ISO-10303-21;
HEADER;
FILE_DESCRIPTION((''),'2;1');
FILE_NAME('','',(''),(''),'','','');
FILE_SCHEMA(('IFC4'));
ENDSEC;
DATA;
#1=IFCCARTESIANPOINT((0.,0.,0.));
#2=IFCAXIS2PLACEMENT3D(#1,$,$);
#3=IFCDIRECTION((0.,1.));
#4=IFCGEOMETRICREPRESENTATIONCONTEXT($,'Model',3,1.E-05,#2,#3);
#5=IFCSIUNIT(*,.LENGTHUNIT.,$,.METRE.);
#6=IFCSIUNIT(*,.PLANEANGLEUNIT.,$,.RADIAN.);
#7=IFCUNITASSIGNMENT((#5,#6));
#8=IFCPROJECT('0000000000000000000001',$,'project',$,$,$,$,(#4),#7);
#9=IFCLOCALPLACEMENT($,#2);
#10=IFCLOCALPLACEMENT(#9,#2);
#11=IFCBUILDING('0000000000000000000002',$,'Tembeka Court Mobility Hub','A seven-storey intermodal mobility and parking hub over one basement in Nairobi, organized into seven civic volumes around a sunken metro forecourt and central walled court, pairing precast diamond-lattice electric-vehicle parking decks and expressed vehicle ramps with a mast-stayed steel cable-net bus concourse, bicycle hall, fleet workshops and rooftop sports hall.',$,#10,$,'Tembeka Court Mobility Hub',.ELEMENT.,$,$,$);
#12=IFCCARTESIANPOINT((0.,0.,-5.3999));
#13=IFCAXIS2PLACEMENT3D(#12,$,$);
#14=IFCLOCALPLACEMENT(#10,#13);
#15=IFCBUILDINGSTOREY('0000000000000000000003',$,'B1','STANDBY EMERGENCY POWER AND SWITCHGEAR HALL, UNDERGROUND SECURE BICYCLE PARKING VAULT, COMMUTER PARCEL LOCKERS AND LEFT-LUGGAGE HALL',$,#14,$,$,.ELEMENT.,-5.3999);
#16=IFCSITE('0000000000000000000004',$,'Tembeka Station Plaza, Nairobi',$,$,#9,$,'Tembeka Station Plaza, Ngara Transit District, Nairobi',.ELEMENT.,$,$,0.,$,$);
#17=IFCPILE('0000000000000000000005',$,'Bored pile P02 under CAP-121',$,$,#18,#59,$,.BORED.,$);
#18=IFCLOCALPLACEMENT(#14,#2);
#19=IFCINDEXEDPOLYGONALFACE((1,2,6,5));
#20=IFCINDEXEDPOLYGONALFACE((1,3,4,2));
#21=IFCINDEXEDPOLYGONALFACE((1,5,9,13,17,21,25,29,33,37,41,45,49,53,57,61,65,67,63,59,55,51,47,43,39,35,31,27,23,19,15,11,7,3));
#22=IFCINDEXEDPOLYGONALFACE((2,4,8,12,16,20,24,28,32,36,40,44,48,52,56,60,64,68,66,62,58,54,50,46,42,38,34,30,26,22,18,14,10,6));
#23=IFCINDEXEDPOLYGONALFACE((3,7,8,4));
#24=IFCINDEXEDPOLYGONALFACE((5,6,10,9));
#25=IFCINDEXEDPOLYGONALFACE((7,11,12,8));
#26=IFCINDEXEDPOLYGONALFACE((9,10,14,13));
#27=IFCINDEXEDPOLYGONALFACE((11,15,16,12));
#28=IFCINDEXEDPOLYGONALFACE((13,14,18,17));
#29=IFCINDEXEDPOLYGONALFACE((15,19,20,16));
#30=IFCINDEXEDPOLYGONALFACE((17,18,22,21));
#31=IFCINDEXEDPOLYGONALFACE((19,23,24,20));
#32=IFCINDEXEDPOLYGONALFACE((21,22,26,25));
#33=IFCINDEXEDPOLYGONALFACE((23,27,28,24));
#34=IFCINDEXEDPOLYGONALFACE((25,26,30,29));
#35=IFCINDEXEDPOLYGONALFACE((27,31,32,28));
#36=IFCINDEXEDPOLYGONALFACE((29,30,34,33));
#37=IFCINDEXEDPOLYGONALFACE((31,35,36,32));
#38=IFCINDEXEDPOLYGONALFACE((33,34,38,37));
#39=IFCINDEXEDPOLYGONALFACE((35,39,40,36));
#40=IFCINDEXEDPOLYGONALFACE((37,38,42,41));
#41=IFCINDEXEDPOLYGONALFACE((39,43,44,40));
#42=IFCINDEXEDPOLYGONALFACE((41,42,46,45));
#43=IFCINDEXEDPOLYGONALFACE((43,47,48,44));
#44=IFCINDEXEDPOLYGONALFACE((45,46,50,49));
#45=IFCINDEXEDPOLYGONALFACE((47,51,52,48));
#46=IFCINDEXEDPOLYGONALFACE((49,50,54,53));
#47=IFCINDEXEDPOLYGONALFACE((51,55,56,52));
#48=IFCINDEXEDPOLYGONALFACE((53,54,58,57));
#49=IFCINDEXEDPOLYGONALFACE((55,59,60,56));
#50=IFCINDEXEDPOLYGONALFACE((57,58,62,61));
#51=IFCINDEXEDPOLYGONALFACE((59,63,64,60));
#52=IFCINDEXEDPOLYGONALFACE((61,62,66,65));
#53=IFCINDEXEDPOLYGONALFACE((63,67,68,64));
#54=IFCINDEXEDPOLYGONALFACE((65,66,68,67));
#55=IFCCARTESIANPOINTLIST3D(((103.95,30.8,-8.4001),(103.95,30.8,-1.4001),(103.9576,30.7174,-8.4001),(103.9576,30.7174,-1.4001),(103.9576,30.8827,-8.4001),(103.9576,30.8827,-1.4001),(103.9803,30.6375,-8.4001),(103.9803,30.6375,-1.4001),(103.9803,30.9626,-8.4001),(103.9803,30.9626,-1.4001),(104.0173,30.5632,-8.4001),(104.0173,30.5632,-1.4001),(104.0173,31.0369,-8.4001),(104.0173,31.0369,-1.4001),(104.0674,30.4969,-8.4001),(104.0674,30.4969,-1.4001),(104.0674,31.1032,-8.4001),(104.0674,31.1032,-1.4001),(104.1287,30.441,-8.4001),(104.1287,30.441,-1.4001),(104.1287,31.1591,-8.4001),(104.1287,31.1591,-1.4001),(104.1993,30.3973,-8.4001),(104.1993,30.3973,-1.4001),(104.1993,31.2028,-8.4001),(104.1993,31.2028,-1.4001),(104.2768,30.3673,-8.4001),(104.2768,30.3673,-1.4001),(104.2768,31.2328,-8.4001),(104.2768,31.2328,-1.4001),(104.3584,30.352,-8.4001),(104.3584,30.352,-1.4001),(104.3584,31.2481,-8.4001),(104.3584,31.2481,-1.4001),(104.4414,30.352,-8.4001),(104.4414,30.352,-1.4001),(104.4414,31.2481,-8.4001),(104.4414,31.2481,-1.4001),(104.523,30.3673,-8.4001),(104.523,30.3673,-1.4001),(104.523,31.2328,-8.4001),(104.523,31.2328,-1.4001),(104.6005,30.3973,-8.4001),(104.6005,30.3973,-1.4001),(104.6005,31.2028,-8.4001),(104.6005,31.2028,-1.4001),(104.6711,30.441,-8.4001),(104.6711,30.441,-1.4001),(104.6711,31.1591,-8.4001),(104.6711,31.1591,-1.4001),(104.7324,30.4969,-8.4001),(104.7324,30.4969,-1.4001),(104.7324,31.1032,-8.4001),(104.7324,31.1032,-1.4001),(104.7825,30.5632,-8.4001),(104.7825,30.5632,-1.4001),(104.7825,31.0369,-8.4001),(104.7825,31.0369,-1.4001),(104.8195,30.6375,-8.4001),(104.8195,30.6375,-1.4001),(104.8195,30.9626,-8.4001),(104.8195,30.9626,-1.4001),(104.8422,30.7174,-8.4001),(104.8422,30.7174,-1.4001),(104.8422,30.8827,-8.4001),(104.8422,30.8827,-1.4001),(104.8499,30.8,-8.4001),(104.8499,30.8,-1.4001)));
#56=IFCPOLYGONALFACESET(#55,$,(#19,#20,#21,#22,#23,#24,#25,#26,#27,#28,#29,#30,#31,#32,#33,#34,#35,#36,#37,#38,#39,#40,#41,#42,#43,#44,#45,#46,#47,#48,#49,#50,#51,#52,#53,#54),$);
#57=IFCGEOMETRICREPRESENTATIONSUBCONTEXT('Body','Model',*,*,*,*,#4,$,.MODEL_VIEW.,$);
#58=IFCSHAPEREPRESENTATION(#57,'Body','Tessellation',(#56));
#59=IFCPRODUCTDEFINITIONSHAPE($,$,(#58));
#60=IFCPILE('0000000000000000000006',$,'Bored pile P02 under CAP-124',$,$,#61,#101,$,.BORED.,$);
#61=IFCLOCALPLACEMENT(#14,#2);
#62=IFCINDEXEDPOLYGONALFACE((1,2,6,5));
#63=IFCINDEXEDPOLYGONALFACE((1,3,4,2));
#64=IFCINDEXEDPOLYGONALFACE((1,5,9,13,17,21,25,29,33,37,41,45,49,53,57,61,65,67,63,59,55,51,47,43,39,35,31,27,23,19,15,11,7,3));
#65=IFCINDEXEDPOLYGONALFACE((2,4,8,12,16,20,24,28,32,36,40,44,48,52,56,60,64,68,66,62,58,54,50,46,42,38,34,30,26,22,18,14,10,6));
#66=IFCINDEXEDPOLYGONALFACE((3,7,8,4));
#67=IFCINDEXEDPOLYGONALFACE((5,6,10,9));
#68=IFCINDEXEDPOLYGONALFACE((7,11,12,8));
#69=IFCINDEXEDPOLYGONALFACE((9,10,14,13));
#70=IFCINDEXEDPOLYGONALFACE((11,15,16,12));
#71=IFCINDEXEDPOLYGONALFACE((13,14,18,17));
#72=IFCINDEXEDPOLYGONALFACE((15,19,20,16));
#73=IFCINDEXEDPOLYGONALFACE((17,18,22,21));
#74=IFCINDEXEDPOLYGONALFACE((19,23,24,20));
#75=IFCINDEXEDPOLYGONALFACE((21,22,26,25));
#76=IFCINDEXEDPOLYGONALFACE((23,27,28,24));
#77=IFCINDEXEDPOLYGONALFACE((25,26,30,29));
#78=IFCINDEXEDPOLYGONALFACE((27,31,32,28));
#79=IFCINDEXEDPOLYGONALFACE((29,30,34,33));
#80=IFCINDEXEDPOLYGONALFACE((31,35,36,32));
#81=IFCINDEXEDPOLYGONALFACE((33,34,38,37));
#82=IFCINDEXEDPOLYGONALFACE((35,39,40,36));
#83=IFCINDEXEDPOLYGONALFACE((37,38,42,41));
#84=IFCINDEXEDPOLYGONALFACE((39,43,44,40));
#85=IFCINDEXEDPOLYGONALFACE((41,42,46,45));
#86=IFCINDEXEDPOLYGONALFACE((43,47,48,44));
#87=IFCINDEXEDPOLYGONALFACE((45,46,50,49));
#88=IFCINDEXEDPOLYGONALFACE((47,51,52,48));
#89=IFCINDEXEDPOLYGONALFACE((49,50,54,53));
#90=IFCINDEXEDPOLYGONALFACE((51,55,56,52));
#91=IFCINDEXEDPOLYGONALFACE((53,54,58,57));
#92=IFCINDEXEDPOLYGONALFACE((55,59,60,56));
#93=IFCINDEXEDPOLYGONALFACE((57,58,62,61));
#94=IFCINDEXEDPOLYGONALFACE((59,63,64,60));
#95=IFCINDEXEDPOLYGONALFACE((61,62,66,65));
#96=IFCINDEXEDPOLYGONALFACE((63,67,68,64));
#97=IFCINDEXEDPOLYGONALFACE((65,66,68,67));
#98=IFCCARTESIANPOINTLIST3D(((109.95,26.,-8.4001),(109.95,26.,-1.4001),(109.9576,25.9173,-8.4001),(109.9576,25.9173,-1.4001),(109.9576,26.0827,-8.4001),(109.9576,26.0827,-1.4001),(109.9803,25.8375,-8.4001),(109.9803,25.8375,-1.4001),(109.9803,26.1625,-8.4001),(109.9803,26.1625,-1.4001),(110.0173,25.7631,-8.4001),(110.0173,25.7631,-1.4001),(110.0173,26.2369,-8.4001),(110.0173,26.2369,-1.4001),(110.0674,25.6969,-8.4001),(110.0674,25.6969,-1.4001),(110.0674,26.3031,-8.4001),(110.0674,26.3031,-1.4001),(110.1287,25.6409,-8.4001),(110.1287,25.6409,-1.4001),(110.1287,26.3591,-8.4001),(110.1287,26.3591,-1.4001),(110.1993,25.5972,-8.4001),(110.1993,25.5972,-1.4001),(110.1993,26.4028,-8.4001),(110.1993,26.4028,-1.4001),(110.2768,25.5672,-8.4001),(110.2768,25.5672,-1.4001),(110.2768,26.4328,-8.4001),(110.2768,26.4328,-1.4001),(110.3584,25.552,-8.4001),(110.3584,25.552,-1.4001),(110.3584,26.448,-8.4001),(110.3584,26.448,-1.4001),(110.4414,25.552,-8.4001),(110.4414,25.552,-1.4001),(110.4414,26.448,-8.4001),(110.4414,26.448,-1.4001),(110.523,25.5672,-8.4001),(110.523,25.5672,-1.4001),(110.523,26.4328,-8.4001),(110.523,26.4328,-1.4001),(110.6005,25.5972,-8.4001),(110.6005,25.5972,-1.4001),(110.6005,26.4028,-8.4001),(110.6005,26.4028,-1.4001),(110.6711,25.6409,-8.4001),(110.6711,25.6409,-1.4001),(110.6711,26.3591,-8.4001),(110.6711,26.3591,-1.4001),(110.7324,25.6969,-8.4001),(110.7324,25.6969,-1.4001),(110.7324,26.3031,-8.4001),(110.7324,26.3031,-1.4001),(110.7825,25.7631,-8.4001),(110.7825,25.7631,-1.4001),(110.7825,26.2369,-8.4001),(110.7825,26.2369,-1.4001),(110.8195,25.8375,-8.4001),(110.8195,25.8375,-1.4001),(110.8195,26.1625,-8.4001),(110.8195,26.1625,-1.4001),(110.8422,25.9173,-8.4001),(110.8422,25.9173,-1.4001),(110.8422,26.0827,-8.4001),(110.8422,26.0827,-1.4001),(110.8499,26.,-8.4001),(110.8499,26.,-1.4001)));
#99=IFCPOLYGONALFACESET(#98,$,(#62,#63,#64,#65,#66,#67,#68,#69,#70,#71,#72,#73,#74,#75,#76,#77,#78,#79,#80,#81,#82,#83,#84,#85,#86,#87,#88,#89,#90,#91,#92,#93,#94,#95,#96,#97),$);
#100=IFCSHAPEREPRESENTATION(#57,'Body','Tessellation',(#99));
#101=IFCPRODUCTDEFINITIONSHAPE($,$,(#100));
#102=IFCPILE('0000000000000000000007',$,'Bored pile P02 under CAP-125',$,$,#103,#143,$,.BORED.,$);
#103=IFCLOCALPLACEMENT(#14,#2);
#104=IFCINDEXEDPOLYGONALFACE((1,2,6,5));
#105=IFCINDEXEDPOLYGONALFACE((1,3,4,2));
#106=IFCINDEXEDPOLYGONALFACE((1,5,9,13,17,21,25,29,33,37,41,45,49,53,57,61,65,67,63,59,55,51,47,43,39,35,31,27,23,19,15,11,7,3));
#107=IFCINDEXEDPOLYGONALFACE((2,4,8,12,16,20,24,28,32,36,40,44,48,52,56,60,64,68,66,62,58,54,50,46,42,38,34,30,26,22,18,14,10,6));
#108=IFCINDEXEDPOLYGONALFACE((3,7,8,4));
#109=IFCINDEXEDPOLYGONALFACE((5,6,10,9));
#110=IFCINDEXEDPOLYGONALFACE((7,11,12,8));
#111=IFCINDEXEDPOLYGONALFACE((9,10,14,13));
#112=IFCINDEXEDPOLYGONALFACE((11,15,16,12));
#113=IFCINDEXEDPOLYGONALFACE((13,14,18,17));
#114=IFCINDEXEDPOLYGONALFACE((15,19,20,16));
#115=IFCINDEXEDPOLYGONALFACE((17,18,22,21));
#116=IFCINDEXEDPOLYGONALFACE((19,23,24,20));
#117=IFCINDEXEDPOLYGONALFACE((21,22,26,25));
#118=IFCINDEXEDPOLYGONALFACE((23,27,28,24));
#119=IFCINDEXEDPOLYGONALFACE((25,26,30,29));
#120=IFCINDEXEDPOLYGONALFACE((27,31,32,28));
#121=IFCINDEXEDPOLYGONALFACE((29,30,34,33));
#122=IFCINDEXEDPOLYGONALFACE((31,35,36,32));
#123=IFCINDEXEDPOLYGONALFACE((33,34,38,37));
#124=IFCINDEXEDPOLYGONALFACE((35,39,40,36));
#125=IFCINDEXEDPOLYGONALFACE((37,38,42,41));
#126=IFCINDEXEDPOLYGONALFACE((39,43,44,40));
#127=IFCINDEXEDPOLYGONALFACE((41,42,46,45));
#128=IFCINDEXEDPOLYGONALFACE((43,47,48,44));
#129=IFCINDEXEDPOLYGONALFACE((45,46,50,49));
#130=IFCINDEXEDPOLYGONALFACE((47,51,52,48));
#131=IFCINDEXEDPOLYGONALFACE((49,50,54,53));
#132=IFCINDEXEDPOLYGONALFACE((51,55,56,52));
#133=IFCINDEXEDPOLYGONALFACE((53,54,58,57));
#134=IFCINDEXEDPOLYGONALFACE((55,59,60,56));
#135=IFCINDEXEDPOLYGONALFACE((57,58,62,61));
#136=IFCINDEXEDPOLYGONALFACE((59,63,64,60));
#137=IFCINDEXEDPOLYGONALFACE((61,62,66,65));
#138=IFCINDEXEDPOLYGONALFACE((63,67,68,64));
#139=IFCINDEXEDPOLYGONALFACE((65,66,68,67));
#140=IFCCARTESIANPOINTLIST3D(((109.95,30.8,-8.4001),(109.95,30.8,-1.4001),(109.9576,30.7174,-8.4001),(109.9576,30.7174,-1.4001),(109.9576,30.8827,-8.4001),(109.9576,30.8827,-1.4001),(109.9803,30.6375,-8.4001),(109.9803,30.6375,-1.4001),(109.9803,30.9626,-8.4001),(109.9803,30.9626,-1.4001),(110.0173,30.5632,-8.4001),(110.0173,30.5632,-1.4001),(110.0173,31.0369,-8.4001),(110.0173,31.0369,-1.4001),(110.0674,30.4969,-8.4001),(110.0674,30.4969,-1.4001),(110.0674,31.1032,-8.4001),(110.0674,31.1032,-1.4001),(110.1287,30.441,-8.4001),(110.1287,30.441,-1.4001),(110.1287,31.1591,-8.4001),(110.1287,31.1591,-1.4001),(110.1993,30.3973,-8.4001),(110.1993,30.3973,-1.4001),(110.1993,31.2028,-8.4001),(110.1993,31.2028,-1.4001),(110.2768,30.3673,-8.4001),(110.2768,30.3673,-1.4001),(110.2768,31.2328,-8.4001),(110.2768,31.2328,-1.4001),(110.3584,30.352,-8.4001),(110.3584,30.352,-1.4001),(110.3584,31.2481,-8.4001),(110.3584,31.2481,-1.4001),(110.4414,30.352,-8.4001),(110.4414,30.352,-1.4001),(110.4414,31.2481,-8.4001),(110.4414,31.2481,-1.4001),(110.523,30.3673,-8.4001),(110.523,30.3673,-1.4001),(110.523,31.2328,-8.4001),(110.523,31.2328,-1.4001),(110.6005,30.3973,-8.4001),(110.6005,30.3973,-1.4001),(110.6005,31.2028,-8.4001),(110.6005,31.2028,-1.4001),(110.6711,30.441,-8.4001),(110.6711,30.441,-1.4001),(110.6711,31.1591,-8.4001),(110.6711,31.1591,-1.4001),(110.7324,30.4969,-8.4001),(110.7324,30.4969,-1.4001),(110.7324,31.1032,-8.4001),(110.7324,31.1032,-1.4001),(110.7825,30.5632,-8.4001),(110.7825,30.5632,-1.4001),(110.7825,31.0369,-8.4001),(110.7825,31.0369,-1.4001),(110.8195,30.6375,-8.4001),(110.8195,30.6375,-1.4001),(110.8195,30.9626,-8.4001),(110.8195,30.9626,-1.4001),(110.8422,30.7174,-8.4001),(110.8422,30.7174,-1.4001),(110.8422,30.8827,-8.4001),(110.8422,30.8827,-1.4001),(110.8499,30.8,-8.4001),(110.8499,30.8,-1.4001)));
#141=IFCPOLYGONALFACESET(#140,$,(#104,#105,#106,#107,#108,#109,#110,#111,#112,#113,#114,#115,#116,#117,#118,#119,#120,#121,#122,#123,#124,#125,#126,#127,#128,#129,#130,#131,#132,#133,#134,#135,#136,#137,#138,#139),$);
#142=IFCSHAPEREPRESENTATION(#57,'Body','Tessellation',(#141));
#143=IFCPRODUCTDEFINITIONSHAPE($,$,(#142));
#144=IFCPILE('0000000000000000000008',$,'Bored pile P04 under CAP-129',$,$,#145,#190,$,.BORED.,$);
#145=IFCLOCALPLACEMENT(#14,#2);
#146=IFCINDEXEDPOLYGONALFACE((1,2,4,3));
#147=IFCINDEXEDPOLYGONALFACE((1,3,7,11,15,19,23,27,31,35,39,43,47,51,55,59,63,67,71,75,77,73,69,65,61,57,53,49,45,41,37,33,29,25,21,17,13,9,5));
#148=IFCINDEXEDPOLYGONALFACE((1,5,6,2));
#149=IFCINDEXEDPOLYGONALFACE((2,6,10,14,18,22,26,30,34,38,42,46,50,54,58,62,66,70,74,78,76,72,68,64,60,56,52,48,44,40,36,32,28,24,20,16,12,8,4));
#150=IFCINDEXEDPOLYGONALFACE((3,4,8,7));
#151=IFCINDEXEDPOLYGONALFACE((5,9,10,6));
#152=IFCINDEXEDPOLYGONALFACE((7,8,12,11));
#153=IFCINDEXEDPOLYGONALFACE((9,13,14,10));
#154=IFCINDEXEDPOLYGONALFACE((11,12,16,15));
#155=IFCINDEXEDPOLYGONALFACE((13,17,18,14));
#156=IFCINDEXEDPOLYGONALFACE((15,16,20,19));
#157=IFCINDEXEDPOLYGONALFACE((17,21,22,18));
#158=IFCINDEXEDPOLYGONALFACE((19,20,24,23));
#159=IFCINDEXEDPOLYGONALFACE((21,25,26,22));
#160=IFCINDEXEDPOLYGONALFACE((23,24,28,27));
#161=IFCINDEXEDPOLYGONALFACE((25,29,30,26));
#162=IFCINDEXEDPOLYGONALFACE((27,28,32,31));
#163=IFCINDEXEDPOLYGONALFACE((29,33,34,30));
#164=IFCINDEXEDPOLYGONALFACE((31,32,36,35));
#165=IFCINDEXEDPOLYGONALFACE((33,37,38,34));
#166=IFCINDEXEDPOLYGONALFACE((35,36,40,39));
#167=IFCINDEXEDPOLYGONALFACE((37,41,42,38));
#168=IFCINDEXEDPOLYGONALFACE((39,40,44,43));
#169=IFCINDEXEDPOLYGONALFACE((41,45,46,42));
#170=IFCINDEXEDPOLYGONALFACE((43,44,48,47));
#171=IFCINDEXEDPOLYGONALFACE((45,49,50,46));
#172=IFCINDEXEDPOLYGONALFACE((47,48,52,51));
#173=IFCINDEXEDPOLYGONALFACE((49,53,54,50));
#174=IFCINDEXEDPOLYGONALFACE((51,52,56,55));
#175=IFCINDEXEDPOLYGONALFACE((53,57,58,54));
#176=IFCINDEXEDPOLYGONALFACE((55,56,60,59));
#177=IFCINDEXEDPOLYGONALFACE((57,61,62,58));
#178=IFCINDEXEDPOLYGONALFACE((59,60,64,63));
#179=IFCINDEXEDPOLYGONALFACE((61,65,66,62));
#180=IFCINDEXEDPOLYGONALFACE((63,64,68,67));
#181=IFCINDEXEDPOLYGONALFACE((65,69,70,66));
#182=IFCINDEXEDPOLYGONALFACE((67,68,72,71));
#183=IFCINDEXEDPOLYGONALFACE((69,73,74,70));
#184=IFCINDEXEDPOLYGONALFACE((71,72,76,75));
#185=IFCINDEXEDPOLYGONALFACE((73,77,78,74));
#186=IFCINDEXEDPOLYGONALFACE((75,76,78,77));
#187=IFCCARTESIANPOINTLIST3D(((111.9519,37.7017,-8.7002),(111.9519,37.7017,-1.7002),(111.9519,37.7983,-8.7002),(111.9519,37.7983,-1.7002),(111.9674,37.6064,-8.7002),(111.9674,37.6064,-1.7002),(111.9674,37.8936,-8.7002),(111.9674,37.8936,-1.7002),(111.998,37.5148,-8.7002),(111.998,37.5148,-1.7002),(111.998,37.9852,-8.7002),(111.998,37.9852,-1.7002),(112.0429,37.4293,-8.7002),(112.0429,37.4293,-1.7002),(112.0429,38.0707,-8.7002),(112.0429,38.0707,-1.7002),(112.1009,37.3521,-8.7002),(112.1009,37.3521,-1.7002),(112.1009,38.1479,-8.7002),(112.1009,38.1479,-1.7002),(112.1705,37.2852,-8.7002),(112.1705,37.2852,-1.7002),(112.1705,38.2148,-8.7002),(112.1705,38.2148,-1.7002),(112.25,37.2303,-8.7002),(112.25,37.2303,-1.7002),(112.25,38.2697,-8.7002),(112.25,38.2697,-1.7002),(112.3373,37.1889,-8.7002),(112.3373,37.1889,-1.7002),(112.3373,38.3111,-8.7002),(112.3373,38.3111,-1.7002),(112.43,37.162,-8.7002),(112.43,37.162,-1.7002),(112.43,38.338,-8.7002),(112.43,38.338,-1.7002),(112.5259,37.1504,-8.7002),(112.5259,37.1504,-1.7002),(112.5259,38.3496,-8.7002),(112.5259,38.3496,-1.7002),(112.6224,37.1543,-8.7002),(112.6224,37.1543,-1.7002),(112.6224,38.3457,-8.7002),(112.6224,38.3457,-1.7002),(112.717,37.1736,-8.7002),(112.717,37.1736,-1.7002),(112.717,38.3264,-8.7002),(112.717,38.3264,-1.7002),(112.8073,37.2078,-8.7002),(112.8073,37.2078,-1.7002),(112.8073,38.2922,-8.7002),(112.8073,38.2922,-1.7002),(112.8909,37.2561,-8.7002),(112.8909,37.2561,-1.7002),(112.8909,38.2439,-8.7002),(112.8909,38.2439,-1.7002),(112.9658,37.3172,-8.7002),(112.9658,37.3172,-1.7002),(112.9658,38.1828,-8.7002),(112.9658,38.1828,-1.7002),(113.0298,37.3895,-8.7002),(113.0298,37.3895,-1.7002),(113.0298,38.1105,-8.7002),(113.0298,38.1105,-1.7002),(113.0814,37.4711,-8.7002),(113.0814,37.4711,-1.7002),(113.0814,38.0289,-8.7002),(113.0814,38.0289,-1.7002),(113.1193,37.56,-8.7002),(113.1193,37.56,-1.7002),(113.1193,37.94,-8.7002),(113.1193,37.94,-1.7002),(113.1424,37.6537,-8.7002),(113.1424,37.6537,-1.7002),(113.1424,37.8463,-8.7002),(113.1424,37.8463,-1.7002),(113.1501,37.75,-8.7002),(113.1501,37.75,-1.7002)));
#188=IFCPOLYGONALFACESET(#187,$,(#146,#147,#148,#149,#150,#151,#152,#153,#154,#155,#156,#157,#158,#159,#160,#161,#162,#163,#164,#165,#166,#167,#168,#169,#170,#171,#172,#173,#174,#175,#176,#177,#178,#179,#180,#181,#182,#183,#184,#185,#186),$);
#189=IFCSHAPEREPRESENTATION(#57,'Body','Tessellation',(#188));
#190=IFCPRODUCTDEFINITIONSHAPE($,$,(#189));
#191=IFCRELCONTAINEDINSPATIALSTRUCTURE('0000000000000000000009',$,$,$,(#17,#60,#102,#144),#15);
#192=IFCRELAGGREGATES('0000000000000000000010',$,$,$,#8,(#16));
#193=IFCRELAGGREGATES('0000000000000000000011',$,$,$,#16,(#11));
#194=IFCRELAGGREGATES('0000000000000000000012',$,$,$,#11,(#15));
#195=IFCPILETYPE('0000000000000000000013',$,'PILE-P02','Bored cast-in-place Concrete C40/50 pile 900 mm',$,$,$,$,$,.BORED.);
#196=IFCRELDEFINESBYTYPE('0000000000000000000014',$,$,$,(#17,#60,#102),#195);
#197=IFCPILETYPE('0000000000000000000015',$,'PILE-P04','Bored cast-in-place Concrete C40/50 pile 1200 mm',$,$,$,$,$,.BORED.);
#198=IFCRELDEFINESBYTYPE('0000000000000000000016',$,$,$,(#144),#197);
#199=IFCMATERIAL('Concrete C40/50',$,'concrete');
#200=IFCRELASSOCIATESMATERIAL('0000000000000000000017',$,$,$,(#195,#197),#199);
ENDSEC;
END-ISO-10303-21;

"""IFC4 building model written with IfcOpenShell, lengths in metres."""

from ifc_helpers import new_model, si_unit, direction, frame, origin, origin_2d, place, context, subcontext, project, spatial, circle, extrude, material, material_profile, profile_set, type_object, element, save


model = new_model("IFC4")

# Units and contexts
model_context = context("Model", 3, precision=1e-05, world=origin(), true_north=direction((0.0, 1.0)))
body_context = subcontext(model_context, "Body", "Model", "MODEL_VIEW")
ifc_project = project(units=[si_unit("LENGTHUNIT", "METRE"), si_unit("PLANEANGLEUNIT", "RADIAN")], contexts=[model_context])

# Site, building, storey
site_placement = place(None, origin())
site = spatial("IfcSite", under=ifc_project, at=site_placement, Name="Tembeka Station Plaza, Nairobi", LongName="Tembeka Station Plaza, Ngara Transit District, Nairobi", CompositionType="ELEMENT", RefElevation=0.0)
building_placement = place(site_placement, origin())
building = spatial("IfcBuilding", under=site, at=building_placement, Name="Tembeka Court Mobility Hub", Description="A seven-storey intermodal mobility and parking hub over one basement in Nairobi, organized into seven civic volumes around a sunken metro forecourt and central walled court, pairing precast diamond-lattice electric-vehicle parking decks and expressed vehicle ramps with a mast-stayed steel cable-net bus concourse, bicycle hall, fleet workshops and rooftop sports hall.", LongName="Tembeka Court Mobility Hub", CompositionType="ELEMENT")
storey_placement = place(building_placement, frame((0.0, 0.0, -5.3999)))
storey = spatial("IfcBuildingStorey", under=building, at=storey_placement, Name="B1", Description="STANDBY EMERGENCY POWER AND SWITCHGEAR HALL, UNDERGROUND SECURE BICYCLE PARKING VAULT, COMMUTER PARCEL LOCKERS AND LEFT-LUGGAGE HALL", CompositionType="ELEMENT", Elevation=-5.3999)

# Shared definitions
ifc_material = material(Name="Concrete C40/50", Category="concrete")

# Piles
ifc_material_profile_1 = material_profile(ifc_material, circle(Radius=0.45, at=origin_2d()), Name="PILE D900")
ifc_profile_set_1 = profile_set([ifc_material_profile_1], Name="Concrete C40/50")
pile_type_1 = type_object("IfcPileType", Name="PILE-P02", Description="Bored cast-in-place Concrete C40/50 pile 900 mm", PredefinedType="BORED", material=ifc_profile_set_1)
for number, where, z_axis, x_axis, name in (
    (1, (104.3999, 30.8, -1.4001), (0.0, 0.0, -1.0), (1.0, 0.0, 0.0), "Bored pile P02 under CAP-121"),
    (2, (110.3999, 26.0, -1.4001), (0.0, 0.0, -1.0), (1.0, 0.0, 0.0), "Bored pile P02 under CAP-124"),
    (3, (110.3999, 30.8, -1.4001), (0.0, 0.0, -1.0), (1.0, 0.0, 0.0), "Bored pile P02 under CAP-125"),
):
    element("IfcPile", number, at=place(storey_placement, frame(where, z_axis=z_axis, x_axis=x_axis)), inside=storey, type_object=pile_type_1, Name=name, PredefinedType="BORED", context=body_context, shape_type="SweptSolid", body=[
        extrude(circle(Radius=0.45, at=origin_2d()), origin(), (0.0, 0.0, 1.0), 7.0),
    ])
ifc_material_profile_2 = material_profile(ifc_material, circle(Radius=0.6001, at=origin_2d()), Name="PILE D1200")
ifc_profile_set_2 = profile_set([ifc_material_profile_2], Name="Concrete C40/50")
pile_type_2 = type_object("IfcPileType", Name="PILE-P04", Description="Bored cast-in-place Concrete C40/50 pile 1200 mm", PredefinedType="BORED", material=ifc_profile_set_2)
for number, where, z_axis, x_axis, name in (
    (4, (112.55, 37.75, -1.7002), (0.0, 0.0, -1.0), (1.0, 0.0, 0.0), "Bored pile P04 under CAP-129"),
):
    element("IfcPile", number, at=place(storey_placement, frame(where, z_axis=z_axis, x_axis=x_axis)), inside=storey, type_object=pile_type_2, Name=name, PredefinedType="BORED", context=body_context, shape_type="SweptSolid", body=[
        extrude(circle(Radius=0.6001, at=origin_2d()), origin(), (0.0, 0.0, 1.0), 7.0),
    ])

save(model, "model.ifc")
